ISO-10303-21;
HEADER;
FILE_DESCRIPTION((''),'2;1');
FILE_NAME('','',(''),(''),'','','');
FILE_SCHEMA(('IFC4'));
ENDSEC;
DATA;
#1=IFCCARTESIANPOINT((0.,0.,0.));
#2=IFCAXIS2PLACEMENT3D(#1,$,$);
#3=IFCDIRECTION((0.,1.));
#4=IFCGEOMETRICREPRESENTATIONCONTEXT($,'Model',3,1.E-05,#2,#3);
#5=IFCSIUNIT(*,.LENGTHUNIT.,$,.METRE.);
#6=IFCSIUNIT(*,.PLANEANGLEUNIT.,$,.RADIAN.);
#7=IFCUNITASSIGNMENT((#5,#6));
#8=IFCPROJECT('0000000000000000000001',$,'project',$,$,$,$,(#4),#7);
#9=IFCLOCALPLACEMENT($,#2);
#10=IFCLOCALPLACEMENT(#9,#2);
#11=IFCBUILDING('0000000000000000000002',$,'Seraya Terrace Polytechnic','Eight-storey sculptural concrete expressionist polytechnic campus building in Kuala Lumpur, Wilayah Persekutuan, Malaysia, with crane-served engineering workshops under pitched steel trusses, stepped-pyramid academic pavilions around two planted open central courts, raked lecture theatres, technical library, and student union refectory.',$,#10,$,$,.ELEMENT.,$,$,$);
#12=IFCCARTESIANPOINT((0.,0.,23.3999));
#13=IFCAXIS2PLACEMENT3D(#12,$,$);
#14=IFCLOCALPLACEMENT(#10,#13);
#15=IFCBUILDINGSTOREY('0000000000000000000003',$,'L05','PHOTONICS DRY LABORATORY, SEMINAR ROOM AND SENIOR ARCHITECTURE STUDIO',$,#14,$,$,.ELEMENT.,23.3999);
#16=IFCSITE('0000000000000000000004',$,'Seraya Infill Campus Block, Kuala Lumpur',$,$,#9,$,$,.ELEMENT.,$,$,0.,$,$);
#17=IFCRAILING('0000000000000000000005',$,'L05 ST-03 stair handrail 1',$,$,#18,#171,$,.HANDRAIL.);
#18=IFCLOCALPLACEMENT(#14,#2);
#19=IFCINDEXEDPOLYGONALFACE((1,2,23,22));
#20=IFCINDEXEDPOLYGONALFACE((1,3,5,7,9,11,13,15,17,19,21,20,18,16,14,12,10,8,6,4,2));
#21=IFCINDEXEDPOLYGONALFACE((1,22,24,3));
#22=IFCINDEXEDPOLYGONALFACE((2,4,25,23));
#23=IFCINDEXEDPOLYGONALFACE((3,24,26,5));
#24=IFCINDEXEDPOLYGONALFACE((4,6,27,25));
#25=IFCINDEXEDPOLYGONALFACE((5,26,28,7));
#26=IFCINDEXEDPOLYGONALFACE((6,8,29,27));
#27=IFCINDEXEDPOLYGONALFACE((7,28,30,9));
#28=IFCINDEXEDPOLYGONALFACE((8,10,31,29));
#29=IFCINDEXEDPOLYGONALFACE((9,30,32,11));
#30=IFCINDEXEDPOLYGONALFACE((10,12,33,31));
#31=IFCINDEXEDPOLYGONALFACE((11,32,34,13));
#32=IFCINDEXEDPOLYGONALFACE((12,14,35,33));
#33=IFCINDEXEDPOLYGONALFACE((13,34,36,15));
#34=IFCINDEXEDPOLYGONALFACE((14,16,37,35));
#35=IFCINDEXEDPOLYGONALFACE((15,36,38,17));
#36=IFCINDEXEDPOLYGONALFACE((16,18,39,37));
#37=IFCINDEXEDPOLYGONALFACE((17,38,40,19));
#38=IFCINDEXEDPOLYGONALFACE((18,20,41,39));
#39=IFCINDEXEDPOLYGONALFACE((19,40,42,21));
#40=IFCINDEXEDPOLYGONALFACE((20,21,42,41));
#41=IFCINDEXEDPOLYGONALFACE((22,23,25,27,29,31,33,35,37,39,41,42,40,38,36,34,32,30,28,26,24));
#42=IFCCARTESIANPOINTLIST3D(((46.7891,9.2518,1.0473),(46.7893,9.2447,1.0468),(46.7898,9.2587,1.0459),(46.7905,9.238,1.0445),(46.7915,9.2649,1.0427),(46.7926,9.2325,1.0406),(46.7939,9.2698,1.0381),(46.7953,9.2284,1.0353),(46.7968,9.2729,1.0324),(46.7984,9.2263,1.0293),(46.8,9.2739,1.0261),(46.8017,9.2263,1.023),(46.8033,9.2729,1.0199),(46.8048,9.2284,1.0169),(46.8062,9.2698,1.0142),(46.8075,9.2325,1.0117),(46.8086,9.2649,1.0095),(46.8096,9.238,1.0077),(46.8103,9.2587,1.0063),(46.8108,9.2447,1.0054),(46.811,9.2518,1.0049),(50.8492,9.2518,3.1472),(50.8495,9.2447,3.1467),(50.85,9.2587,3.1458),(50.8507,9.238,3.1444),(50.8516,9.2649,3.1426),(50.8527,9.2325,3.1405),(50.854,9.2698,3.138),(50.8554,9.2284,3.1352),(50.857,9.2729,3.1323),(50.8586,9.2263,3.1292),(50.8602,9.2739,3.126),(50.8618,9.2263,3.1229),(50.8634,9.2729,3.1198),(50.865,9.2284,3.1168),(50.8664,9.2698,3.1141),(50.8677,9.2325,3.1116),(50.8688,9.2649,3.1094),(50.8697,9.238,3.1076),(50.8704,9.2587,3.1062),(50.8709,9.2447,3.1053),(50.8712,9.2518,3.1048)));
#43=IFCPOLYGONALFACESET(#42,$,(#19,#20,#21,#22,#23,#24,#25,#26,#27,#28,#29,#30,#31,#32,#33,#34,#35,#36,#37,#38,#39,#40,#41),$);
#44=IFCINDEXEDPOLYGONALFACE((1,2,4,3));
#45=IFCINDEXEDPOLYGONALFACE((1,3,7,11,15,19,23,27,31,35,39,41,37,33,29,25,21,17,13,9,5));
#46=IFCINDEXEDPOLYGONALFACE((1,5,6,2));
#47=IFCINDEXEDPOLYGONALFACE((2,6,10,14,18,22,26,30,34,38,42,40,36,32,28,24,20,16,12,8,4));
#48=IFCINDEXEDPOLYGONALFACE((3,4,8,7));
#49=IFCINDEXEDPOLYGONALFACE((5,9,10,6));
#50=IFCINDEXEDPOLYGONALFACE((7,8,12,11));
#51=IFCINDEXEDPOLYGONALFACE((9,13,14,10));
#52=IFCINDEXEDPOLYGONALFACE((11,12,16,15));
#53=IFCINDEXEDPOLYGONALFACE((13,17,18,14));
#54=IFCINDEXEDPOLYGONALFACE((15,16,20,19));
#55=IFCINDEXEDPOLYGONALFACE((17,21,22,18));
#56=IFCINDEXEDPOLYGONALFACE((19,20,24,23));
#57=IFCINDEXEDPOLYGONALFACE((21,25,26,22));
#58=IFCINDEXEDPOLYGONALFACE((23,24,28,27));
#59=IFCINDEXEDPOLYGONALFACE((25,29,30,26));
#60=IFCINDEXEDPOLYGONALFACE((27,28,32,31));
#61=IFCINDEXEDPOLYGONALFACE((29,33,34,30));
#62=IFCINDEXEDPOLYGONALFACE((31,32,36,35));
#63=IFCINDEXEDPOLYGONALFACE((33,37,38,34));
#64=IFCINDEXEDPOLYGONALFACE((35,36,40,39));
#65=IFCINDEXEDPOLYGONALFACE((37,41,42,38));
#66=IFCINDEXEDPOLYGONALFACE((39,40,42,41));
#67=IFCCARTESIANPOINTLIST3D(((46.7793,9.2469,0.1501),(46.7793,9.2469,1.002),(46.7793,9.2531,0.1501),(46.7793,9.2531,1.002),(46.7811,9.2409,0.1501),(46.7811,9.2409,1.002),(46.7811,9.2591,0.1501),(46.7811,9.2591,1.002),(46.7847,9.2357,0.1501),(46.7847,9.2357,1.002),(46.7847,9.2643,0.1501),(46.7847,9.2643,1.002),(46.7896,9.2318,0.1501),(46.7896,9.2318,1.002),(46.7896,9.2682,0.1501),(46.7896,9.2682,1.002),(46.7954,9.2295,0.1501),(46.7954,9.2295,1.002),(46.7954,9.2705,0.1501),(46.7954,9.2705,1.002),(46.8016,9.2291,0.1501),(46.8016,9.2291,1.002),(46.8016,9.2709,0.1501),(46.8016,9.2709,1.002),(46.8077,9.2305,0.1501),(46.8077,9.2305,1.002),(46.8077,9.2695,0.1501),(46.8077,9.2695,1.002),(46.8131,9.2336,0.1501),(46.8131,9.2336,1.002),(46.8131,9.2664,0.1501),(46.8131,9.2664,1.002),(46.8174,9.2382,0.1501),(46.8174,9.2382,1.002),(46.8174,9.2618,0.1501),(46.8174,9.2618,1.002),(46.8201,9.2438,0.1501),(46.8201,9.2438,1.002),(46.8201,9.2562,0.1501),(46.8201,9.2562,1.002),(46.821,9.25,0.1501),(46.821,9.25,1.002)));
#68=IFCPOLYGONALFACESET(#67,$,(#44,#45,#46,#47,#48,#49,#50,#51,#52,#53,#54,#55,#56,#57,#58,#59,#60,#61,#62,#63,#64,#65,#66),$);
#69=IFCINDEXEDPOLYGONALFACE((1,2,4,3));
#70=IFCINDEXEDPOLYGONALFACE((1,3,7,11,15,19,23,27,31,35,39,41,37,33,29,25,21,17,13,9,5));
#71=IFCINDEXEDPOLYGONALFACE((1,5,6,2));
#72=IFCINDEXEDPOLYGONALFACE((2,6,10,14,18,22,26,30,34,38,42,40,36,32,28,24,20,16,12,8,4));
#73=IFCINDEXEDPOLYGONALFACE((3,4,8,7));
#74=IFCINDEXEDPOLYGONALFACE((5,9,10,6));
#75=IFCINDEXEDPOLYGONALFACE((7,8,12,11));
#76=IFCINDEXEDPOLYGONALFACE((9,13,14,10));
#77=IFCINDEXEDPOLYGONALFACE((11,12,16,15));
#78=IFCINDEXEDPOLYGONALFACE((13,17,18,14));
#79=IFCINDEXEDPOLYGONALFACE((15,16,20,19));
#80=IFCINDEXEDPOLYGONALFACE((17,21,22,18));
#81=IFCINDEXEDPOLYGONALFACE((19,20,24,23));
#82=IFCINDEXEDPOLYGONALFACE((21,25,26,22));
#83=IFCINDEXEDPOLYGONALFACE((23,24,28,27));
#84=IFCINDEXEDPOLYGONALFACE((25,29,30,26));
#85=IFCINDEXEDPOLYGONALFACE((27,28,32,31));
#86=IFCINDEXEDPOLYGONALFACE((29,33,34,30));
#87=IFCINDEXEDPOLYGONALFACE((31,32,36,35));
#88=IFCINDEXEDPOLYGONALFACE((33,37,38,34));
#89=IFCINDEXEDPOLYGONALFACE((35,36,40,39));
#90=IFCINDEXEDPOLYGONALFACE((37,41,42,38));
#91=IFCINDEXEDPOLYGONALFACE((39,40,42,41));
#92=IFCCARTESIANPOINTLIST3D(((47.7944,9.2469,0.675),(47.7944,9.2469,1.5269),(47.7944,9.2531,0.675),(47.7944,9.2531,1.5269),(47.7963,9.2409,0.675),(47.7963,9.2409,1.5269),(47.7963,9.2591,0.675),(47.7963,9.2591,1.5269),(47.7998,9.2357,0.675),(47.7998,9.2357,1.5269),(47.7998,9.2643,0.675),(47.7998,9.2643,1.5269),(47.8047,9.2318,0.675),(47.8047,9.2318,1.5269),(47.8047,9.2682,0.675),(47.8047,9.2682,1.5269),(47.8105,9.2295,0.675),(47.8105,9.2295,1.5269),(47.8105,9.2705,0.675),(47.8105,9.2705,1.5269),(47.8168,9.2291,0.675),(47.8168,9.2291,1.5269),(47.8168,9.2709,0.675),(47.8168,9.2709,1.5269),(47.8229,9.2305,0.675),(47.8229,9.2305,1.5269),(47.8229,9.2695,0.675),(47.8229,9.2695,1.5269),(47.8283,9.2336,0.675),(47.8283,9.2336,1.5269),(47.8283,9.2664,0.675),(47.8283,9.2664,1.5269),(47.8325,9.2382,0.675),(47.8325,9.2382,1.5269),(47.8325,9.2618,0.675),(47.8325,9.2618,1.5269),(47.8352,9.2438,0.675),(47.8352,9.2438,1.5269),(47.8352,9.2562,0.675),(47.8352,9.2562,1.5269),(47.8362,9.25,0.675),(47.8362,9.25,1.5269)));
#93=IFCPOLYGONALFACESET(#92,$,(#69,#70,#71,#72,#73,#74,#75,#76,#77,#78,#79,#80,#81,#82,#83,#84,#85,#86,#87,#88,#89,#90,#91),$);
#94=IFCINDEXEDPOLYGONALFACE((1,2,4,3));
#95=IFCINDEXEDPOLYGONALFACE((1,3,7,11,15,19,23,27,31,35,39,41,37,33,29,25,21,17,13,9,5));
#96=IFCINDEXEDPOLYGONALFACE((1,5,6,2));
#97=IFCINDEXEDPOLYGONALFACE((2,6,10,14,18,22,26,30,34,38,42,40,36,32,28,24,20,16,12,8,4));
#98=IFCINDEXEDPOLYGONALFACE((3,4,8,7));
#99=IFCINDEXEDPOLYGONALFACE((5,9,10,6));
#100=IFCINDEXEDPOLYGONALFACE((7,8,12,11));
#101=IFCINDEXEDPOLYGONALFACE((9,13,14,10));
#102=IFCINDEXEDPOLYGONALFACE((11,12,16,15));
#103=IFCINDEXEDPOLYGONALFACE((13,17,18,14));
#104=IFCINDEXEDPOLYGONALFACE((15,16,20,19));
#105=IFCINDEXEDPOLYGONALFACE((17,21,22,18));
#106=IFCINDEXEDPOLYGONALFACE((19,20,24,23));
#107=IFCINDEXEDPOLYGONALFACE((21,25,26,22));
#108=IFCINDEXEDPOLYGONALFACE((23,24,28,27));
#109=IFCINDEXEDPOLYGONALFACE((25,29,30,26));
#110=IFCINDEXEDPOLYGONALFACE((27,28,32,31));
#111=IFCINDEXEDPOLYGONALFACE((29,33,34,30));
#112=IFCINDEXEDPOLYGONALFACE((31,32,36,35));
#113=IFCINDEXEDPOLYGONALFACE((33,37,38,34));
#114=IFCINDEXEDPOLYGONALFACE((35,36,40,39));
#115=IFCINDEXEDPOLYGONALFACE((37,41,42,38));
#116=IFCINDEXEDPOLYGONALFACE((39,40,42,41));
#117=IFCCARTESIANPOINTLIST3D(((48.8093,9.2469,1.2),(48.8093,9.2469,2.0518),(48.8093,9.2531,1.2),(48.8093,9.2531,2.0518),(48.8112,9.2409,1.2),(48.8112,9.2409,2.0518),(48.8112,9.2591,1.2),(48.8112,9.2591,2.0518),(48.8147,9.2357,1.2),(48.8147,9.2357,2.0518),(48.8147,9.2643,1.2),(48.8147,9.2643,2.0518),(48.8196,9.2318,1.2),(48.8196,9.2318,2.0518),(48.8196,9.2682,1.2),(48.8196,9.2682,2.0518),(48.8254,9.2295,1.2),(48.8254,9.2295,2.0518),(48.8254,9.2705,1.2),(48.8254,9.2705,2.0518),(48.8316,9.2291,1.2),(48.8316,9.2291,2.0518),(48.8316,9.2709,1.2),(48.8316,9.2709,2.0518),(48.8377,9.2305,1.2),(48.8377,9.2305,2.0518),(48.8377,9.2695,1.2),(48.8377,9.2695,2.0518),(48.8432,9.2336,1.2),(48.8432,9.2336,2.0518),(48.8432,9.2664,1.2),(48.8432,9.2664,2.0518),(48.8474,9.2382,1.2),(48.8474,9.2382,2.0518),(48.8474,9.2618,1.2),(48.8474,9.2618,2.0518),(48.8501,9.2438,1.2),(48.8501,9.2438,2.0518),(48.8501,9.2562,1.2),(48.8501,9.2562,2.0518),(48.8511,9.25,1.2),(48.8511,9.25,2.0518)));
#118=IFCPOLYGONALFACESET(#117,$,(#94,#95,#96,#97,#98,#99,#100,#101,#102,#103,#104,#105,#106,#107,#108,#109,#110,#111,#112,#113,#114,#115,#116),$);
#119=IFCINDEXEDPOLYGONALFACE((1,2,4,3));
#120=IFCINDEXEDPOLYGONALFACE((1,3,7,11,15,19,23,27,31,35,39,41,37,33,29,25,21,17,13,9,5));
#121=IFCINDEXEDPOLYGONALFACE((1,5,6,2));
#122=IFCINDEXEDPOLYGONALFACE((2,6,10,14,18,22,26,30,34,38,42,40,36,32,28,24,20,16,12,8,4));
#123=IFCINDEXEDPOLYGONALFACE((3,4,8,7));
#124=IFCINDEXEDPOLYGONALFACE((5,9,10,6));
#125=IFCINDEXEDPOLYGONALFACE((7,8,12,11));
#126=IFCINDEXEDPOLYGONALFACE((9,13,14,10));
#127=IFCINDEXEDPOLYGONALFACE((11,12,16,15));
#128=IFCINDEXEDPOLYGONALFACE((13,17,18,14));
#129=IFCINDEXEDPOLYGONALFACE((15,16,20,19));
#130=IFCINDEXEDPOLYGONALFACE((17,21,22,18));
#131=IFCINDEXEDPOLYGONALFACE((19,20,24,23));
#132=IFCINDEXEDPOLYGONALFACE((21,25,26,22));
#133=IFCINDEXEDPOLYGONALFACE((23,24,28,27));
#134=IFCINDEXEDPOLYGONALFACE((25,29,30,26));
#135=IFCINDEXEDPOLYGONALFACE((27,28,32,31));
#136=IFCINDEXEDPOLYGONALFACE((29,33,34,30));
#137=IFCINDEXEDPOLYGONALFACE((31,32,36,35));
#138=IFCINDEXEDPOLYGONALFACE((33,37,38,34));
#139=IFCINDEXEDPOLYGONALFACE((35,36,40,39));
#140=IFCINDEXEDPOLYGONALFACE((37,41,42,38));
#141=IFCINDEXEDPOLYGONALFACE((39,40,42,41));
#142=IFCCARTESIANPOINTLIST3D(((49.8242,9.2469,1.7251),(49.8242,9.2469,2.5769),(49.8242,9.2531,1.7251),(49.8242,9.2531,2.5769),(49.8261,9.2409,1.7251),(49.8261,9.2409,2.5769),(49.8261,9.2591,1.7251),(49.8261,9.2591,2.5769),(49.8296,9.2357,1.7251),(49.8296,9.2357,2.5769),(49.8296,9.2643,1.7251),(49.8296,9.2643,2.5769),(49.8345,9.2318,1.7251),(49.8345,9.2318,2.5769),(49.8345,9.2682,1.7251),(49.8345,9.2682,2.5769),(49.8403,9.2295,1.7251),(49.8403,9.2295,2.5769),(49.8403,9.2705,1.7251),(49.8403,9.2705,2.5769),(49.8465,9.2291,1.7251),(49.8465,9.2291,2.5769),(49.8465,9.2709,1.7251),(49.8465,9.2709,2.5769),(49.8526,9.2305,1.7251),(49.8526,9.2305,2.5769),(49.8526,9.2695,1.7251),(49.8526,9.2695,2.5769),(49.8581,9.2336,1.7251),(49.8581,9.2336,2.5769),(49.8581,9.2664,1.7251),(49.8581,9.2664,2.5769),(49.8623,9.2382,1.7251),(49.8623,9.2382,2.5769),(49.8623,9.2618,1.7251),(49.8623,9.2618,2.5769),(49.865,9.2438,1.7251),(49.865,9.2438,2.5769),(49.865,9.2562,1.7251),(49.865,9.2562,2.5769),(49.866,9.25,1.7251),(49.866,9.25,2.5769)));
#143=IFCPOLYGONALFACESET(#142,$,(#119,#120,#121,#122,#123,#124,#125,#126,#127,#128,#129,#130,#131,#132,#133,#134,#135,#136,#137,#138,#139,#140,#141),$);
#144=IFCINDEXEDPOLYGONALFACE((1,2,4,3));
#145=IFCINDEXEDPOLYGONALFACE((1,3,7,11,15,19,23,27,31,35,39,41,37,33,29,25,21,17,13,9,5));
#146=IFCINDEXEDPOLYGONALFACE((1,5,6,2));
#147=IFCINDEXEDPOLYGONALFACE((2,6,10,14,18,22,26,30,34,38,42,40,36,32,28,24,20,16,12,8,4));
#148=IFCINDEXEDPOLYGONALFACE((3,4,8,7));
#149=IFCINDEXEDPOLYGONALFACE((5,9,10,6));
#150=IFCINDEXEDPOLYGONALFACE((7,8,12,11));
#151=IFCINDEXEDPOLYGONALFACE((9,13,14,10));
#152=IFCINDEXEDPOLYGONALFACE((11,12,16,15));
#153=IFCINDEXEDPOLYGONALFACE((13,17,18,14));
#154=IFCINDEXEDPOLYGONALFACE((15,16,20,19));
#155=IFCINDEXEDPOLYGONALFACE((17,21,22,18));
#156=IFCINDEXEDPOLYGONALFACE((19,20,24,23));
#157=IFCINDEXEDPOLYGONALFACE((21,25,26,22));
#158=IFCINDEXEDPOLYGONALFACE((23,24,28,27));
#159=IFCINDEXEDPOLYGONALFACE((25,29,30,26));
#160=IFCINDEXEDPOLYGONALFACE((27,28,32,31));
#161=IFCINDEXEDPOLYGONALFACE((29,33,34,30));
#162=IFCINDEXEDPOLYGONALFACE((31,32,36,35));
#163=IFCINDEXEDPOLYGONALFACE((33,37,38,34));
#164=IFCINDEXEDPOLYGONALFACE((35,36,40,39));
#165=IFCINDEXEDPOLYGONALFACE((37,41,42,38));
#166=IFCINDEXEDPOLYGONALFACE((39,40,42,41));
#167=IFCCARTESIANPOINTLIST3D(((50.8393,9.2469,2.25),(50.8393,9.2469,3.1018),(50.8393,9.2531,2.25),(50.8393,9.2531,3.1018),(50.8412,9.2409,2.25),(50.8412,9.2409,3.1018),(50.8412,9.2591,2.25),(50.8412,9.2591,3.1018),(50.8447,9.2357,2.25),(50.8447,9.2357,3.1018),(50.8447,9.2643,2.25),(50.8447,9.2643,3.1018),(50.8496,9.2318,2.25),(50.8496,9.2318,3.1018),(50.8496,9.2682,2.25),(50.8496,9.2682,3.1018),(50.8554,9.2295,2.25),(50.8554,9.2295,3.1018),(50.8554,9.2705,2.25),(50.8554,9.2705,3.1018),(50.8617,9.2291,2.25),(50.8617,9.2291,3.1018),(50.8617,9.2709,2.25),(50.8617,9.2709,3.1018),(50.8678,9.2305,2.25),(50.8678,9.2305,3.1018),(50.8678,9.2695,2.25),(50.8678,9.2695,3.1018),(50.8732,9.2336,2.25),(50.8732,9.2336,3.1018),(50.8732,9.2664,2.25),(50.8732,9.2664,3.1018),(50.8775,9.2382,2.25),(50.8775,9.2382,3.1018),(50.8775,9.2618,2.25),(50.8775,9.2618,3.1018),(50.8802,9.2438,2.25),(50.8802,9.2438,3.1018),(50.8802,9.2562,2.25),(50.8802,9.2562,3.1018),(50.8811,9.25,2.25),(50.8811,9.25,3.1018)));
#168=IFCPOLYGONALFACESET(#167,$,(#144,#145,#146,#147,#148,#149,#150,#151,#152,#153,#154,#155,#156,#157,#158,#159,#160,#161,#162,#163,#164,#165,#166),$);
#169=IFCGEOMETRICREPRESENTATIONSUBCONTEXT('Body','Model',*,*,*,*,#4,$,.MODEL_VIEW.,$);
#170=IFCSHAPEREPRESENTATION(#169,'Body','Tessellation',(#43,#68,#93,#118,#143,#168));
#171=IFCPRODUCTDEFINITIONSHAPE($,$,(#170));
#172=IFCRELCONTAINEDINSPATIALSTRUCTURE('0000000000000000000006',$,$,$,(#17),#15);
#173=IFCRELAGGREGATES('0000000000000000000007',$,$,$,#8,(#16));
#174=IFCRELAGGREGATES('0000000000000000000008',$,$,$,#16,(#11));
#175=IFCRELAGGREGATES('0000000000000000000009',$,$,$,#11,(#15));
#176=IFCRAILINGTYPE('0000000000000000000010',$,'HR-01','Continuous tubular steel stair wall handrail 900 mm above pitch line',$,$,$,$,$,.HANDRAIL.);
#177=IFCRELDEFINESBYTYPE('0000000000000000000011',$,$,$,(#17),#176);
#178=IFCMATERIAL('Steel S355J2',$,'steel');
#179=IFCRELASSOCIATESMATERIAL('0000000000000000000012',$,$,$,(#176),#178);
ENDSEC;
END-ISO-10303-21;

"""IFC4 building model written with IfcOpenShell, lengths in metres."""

from ifc_helpers import new_model, si_unit, direction, frame, origin, origin_2d, place, context, subcontext, project, spatial, circle, extrude, material, type_object, element, save


model = new_model("IFC4")

# Units and contexts
model_context = context("Model", 3, precision=1e-05, world=origin(), true_north=direction((0.0, 1.0)))
body_context = subcontext(model_context, "Body", "Model", "MODEL_VIEW")
ifc_project = project(units=[si_unit("LENGTHUNIT", "METRE"), si_unit("PLANEANGLEUNIT", "RADIAN")], contexts=[model_context])

# Site, building, storey
site_placement = place(None, origin())
site = spatial("IfcSite", under=ifc_project, at=site_placement, Name="Seraya Infill Campus Block, Kuala Lumpur", CompositionType="ELEMENT", RefElevation=0.0)
building_placement = place(site_placement, origin())
building = spatial("IfcBuilding", under=site, at=building_placement, Name="Seraya Terrace Polytechnic", Description="Eight-storey sculptural concrete expressionist polytechnic campus building in Kuala Lumpur, Wilayah Persekutuan, Malaysia, with crane-served engineering workshops under pitched steel trusses, stepped-pyramid academic pavilions around two planted open central courts, raked lecture theatres, technical library, and student union refectory.", CompositionType="ELEMENT")
storey_placement = place(building_placement, frame((0.0, 0.0, 23.3999)))
storey = spatial("IfcBuildingStorey", under=building, at=storey_placement, Name="L05", Description="PHOTONICS DRY LABORATORY, SEMINAR ROOM AND SENIOR ARCHITECTURE STUDIO", CompositionType="ELEMENT", Elevation=23.3999)

# Shared definitions
ifc_material_1 = material(Name="Steel S355J2", Category="steel")

# Railing
railing_type_1 = type_object("IfcRailingType", Name="HR-01", Description="Continuous tubular steel stair wall handrail 900 mm above pitch line", PredefinedType="HANDRAIL", material=ifc_material_1)
railing_1_placement = place(storey_placement, frame((46.8, 9.25, 0.1501)))
element("IfcRailing", 1, at=railing_1_placement, inside=storey, type_object=railing_type_1, Name="L05 ST-03 stair handrail 1", PredefinedType="HANDRAIL", context=body_context, shape_type="SweptSolid", body=[
    extrude(circle(Radius=0.0239, at=origin_2d()), frame((0.0, 0.0, 0.876), z_axis=(0.888233, 0.0, 0.459392), x_axis=(0.0, 1.0, 0.0)), (0.0, 0.0, 1.0), 4.571),
    extrude(circle(Radius=0.021, at=origin_2d()), origin(), (0.0, 0.0, 1.0), 0.8518),
    extrude(circle(Radius=0.021, at=origin_2d()), frame((1.0151, 0.0, 0.5249)), (0.0, 0.0, 1.0), 0.8518),
    extrude(circle(Radius=0.021, at=origin_2d()), frame((2.03, 0.0, 1.0498)), (0.0, 0.0, 1.0), 0.8518),
    extrude(circle(Radius=0.021, at=origin_2d()), frame((3.0449, 0.0, 1.575)), (0.0, 0.0, 1.0), 0.8518),
    extrude(circle(Radius=0.021, at=origin_2d()), frame((4.0601, 0.0, 2.0999)), (0.0, 0.0, 1.0), 0.8518),
])

save(model, "model.ifc")
